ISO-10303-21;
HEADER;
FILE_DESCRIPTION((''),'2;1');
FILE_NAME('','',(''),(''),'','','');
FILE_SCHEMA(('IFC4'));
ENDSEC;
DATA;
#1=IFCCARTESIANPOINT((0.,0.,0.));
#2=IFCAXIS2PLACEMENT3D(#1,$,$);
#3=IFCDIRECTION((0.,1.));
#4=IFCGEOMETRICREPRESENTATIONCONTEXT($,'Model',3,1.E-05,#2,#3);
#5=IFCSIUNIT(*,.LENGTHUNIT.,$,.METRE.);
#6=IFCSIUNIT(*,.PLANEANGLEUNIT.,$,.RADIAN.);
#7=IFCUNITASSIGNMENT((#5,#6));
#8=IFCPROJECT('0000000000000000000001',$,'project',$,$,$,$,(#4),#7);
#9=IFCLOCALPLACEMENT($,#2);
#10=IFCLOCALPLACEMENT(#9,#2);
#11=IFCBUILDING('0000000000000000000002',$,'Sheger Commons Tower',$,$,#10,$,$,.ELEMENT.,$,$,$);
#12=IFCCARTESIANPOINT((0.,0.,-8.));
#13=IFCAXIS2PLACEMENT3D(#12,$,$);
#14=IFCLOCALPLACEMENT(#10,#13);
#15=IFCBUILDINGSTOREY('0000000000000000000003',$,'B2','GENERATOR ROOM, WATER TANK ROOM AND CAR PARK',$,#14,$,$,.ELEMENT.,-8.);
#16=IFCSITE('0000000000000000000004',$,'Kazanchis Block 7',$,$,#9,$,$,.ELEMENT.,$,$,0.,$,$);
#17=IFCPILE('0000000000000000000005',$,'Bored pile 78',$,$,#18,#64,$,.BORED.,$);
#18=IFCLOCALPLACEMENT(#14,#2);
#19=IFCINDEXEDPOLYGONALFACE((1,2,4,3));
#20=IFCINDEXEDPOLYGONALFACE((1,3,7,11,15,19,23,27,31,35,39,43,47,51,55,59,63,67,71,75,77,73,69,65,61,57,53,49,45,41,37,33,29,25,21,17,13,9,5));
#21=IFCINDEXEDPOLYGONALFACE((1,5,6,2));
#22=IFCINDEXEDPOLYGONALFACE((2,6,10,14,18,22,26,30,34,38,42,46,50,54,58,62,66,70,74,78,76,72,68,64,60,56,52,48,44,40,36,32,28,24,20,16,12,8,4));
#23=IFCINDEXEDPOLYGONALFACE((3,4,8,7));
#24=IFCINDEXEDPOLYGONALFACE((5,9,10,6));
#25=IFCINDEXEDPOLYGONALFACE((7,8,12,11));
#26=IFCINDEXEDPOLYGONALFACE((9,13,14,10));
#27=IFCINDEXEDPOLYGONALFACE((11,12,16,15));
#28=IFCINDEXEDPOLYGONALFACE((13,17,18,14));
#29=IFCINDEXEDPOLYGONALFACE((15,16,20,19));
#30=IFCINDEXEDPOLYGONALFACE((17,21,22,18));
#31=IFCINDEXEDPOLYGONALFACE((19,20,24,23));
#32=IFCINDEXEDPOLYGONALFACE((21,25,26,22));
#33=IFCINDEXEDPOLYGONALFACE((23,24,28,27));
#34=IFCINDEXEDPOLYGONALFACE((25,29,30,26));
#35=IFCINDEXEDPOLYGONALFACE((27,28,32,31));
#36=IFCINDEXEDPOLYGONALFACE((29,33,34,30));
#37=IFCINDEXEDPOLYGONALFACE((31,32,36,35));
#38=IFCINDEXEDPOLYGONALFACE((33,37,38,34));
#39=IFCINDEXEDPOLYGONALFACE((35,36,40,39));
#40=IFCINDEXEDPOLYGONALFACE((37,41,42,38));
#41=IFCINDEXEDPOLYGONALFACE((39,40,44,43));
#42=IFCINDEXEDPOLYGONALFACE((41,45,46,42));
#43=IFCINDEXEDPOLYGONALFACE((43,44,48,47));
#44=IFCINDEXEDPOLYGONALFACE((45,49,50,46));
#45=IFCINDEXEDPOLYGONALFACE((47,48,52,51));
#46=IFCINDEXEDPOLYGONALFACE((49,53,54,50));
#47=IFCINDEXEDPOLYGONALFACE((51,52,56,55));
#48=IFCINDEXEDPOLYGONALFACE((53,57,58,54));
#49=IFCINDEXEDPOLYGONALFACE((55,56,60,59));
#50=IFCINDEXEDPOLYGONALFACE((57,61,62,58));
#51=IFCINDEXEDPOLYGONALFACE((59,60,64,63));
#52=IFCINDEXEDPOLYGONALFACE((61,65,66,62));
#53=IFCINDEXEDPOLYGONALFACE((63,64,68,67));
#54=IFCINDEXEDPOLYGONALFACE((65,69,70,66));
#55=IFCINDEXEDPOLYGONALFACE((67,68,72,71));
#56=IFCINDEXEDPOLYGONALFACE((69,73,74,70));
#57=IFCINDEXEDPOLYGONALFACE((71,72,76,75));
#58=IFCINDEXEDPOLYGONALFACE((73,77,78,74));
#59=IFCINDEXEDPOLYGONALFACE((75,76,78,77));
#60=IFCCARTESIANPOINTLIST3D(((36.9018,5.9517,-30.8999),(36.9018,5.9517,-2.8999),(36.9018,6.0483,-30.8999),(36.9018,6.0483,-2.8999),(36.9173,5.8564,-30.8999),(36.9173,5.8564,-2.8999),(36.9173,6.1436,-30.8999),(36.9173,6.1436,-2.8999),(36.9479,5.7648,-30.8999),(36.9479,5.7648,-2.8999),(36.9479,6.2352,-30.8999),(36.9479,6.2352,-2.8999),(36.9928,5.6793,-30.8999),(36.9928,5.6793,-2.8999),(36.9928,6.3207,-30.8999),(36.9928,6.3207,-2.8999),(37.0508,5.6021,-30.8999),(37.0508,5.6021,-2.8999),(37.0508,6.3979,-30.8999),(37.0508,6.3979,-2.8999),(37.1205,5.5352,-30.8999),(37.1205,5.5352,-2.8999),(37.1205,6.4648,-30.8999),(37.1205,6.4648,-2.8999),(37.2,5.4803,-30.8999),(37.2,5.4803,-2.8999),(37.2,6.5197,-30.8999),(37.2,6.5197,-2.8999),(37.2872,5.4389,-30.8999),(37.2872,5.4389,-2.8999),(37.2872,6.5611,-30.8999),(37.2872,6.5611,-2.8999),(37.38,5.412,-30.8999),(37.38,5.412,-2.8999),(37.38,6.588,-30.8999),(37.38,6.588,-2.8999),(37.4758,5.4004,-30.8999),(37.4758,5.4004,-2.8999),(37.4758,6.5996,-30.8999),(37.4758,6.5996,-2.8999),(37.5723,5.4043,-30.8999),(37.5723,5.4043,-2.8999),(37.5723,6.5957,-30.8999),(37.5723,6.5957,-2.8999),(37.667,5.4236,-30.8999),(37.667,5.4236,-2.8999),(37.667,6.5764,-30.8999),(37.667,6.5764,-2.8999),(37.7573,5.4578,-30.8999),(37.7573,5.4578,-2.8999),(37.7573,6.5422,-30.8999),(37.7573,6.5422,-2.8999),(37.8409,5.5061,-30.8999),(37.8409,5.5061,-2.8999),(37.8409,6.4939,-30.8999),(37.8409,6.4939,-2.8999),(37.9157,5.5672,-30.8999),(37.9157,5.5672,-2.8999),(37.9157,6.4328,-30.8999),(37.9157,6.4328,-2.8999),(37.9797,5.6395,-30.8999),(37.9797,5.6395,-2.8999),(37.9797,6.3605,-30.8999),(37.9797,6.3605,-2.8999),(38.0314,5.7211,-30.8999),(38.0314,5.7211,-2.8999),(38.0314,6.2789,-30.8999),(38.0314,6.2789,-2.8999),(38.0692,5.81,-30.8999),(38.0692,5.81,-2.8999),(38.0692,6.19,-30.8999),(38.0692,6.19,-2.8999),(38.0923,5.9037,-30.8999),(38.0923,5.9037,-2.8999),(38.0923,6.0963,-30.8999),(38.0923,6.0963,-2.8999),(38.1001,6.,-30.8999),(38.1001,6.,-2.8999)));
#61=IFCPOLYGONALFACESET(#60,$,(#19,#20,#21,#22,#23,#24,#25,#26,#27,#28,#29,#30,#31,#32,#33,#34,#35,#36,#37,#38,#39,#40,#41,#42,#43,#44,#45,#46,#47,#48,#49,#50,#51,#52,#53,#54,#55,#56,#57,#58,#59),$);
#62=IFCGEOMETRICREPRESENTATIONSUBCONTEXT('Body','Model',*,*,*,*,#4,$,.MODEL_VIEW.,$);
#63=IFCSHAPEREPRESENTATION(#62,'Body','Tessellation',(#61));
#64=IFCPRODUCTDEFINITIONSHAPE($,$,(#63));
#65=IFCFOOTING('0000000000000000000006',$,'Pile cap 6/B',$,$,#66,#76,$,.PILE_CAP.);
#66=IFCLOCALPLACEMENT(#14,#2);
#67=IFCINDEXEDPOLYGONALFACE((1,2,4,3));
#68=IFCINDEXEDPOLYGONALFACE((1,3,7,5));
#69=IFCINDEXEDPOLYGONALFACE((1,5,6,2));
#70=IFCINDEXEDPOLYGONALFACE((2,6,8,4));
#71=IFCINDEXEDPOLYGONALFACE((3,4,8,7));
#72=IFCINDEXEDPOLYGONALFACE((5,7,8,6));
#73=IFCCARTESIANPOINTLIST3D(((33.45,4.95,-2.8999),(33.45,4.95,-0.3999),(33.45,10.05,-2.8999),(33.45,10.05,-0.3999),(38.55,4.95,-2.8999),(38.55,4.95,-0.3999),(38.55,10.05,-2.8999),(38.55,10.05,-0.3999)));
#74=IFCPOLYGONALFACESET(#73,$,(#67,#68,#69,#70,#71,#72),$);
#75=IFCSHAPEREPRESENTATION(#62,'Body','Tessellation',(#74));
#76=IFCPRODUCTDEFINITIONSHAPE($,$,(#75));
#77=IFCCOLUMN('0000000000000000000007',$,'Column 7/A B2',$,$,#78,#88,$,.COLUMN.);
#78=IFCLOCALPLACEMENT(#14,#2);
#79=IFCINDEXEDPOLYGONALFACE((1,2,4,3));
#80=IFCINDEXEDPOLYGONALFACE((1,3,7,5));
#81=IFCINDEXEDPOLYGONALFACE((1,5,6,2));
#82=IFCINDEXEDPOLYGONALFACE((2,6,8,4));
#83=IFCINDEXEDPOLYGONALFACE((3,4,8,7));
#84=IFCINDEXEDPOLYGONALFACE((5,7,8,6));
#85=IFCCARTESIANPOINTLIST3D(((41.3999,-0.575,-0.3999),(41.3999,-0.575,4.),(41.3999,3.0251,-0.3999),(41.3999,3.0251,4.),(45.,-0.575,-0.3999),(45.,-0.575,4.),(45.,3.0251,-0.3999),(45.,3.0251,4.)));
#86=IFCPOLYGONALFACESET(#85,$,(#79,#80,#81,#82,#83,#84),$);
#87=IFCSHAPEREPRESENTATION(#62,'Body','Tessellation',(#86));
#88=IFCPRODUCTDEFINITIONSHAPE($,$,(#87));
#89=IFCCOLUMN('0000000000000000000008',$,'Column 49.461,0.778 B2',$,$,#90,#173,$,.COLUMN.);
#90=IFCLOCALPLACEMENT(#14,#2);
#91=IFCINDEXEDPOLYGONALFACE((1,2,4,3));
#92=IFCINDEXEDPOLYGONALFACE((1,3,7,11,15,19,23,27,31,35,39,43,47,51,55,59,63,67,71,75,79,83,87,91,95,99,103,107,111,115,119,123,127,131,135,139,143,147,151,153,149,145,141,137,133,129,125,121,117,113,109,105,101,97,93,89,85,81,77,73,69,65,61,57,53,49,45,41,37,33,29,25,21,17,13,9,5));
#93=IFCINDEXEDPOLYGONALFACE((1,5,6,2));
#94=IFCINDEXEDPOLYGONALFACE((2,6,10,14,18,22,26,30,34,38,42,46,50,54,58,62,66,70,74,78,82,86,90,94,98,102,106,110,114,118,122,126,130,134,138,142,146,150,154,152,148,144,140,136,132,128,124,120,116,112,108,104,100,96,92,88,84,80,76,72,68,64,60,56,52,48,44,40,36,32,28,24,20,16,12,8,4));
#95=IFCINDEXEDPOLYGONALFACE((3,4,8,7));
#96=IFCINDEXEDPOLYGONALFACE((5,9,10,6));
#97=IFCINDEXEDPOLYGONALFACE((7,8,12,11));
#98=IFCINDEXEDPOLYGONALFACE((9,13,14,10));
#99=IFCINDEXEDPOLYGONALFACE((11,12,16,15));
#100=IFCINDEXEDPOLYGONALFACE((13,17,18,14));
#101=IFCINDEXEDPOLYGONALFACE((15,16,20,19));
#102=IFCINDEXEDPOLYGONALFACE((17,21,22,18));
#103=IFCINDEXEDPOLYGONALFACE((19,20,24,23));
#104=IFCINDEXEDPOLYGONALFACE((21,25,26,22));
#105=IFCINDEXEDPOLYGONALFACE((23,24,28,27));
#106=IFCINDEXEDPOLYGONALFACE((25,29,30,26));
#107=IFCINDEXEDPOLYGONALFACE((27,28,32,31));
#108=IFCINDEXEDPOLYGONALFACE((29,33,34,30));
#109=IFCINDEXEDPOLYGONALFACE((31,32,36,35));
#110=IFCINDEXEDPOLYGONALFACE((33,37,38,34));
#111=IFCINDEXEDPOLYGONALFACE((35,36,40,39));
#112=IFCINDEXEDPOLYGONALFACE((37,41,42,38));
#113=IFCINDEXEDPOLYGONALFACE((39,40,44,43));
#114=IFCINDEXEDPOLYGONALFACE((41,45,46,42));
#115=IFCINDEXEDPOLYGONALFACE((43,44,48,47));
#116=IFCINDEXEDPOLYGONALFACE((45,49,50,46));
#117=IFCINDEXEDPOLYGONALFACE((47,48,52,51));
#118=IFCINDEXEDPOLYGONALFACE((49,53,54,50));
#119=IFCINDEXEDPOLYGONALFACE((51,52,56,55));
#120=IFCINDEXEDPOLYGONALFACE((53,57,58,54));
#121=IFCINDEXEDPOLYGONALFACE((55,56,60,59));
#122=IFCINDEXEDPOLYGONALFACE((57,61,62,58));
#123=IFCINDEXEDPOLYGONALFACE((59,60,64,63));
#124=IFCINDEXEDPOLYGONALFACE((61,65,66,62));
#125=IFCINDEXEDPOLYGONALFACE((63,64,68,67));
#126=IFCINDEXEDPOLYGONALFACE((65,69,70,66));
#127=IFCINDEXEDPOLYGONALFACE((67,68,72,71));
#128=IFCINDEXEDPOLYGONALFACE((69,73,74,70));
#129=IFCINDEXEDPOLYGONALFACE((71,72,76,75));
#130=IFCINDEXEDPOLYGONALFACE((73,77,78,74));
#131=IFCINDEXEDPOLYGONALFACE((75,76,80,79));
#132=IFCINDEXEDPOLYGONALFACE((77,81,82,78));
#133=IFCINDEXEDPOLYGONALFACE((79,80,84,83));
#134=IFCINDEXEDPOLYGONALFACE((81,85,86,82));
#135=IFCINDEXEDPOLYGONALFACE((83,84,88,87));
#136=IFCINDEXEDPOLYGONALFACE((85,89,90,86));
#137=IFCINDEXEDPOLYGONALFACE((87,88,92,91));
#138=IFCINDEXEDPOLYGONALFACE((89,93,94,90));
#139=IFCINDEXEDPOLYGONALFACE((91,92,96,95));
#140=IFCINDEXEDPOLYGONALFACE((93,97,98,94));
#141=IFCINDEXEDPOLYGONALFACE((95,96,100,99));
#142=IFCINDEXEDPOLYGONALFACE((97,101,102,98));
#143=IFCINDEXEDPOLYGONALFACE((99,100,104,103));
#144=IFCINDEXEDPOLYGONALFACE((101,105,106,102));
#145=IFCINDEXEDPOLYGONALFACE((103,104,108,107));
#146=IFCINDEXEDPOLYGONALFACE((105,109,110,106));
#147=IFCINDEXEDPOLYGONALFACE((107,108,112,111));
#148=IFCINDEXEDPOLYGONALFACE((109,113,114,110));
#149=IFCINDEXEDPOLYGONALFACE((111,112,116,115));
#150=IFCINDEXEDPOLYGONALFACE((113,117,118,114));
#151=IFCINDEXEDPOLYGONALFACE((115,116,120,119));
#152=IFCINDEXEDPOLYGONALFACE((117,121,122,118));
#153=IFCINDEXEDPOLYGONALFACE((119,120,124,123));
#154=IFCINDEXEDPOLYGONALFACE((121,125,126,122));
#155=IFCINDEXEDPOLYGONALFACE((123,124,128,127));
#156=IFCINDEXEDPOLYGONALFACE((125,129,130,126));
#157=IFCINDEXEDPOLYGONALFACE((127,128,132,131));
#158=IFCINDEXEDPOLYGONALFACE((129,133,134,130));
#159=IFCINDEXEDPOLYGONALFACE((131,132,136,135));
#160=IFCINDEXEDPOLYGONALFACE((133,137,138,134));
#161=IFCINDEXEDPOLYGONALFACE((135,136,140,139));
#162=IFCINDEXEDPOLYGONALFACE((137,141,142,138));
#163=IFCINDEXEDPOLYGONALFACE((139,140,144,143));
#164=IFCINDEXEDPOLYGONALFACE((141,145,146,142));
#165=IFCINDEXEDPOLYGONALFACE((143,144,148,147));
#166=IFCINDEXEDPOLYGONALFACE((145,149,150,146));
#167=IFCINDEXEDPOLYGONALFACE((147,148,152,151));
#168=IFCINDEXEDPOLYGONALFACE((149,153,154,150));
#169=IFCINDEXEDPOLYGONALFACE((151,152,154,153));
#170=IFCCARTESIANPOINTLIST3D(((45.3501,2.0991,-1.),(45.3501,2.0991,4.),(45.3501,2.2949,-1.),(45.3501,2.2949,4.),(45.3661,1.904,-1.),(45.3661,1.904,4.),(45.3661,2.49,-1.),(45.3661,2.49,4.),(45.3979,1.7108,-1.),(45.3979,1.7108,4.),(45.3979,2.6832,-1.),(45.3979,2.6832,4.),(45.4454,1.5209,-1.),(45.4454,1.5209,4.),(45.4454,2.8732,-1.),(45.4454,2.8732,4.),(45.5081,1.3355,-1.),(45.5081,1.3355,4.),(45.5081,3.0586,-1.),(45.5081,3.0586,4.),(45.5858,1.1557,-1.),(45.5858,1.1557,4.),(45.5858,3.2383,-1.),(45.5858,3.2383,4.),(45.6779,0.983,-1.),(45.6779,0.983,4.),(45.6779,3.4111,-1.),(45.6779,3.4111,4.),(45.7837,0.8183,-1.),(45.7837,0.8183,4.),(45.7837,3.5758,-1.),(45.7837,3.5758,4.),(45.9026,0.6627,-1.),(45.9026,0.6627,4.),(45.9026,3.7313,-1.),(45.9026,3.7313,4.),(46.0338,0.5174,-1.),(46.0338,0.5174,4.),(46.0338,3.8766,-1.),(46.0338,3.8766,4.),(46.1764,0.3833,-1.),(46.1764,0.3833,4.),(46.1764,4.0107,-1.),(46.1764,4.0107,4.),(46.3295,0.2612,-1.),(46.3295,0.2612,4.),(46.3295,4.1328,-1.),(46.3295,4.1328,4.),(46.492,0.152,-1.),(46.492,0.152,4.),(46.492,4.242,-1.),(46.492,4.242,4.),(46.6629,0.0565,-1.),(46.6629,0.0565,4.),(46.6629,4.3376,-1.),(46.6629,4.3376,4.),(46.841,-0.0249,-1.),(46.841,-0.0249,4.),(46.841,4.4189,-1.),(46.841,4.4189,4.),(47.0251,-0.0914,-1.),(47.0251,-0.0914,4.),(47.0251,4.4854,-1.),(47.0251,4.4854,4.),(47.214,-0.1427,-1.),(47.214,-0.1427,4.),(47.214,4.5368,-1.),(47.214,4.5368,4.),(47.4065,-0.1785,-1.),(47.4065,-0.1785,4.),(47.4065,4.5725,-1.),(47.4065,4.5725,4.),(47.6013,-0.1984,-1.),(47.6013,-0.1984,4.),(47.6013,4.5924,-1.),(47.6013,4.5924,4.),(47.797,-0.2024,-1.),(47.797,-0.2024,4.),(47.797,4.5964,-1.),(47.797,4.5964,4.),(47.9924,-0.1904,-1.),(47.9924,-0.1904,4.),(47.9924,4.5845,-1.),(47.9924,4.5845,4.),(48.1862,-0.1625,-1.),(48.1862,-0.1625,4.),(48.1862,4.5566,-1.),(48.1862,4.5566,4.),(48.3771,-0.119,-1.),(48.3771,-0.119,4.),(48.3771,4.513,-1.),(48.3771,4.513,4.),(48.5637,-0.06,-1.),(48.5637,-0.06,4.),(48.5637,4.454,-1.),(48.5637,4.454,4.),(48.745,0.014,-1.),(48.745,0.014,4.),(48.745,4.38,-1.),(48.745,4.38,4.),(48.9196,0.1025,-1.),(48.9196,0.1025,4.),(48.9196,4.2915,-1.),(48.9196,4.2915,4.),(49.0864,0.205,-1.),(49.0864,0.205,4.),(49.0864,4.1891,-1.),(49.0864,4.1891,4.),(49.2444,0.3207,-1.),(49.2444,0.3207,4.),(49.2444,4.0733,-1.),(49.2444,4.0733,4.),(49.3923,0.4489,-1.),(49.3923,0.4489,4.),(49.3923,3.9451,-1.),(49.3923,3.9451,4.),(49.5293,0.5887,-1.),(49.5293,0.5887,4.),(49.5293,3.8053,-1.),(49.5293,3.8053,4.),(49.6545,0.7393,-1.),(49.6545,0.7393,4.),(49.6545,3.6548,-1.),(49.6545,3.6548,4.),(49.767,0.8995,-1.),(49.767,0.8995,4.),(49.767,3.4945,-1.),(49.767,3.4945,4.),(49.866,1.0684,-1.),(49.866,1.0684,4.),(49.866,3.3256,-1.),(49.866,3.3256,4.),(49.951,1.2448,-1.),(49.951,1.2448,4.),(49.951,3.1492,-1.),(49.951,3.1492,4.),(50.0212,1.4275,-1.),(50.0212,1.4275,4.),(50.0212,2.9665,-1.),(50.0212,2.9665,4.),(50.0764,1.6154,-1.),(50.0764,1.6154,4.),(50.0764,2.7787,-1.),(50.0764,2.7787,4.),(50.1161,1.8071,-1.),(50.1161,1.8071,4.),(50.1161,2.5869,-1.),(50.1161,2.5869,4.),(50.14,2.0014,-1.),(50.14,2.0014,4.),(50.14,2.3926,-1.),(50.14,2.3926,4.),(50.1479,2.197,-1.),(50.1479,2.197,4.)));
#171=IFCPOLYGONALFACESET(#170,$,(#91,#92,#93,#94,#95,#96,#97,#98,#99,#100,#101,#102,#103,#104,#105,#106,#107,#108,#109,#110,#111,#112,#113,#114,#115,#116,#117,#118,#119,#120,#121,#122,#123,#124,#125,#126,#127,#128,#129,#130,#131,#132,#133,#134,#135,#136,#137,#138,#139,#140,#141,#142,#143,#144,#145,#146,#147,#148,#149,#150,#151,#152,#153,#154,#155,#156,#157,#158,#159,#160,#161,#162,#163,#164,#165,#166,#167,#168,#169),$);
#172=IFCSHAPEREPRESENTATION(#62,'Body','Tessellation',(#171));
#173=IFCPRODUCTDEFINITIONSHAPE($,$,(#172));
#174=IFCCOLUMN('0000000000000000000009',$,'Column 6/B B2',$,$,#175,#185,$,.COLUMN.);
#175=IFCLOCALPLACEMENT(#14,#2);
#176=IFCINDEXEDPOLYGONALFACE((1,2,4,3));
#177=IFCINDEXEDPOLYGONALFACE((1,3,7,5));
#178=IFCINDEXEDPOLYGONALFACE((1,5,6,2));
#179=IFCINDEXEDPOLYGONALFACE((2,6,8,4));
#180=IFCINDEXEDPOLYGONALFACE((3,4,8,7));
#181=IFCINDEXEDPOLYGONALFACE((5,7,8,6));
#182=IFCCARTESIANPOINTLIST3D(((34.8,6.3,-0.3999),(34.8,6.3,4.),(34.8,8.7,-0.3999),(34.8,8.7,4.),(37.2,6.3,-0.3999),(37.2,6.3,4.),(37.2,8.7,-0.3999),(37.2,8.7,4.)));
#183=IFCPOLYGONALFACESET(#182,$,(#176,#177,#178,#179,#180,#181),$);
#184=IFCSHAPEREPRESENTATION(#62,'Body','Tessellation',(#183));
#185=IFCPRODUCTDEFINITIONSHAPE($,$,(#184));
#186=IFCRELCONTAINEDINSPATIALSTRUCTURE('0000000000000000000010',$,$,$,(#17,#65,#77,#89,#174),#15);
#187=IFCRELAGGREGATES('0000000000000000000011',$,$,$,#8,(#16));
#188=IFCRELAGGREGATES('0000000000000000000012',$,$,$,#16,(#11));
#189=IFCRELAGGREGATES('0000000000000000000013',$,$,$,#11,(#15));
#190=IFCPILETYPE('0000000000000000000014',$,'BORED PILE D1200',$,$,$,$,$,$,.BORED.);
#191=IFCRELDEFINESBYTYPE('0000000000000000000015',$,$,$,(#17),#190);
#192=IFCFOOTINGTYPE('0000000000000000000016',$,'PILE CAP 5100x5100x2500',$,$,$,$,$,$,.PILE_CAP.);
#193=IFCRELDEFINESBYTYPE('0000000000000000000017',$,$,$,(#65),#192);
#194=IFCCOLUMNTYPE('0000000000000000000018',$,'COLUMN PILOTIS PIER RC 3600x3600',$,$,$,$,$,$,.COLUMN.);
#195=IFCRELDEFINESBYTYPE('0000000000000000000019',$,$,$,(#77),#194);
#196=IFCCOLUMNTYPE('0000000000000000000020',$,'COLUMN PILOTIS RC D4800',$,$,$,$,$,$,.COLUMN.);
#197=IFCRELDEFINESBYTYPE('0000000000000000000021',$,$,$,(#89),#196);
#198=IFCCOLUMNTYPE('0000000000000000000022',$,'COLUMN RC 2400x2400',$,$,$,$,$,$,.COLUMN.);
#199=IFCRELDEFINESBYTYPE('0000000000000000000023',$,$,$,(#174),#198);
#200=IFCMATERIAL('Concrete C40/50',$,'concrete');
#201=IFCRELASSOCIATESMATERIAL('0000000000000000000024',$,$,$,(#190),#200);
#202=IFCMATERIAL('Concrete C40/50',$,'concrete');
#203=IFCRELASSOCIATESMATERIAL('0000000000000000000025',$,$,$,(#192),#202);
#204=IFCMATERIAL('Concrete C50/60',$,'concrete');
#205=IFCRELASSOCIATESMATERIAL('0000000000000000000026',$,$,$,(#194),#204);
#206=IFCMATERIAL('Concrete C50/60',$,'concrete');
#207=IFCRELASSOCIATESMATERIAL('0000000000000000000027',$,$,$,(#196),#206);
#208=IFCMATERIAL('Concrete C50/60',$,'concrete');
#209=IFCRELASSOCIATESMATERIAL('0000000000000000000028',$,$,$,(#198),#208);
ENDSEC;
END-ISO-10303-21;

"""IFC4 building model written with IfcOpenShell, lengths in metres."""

from ifc_helpers import new_model, si_unit, direction, frame, origin, origin_2d, place, context, subcontext, project, spatial, rectangle, circle, extrude, material, material_profile, profile_set, type_object, element, save


model = new_model("IFC4")

# Units and contexts
model_context = context("Model", 3, precision=1e-05, world=origin(), true_north=direction((0.0, 1.0)))
body_context = subcontext(model_context, "Body", "Model", "MODEL_VIEW")
ifc_project = project(units=[si_unit("LENGTHUNIT", "METRE"), si_unit("PLANEANGLEUNIT", "RADIAN")], contexts=[model_context])

# Site, building, storey
site_placement = place(None, origin())
site = spatial("IfcSite", under=ifc_project, at=site_placement, Name="Kazanchis Block 7", CompositionType="ELEMENT", RefElevation=0.0)
building_placement = place(site_placement, origin())
building = spatial("IfcBuilding", under=site, at=building_placement, Name="Sheger Commons Tower", CompositionType="ELEMENT")
storey_placement = place(building_placement, frame((0.0, 0.0, -8.0)))
storey = spatial("IfcBuildingStorey", under=building, at=storey_placement, Name="B2", Description="GENERATOR ROOM, WATER TANK ROOM AND CAR PARK", CompositionType="ELEMENT", Elevation=-8.0)

# Pile
ifc_material_1 = material(Name="Concrete C40/50", Category="concrete")
ifc_material_profile_1 = material_profile(ifc_material_1, circle(Radius=0.6001, at=origin_2d()), Name="PILE D1200")
ifc_profile_set_1 = profile_set([ifc_material_profile_1], Name="Concrete C40/50")
pile_type = type_object("IfcPileType", Name="BORED PILE D1200", PredefinedType="BORED", material=ifc_profile_set_1)
for number, where, z_axis, x_axis, name in (
    (1, (37.5, 6.0, -2.8999), (0.0, 0.0, -1.0), (1.0, 0.0, 0.0), "Bored pile 78"),
):
    element("IfcPile", number, at=place(storey_placement, frame(where, z_axis=z_axis, x_axis=x_axis)), inside=storey, type_object=pile_type, Name=name, PredefinedType="BORED", context=body_context, shape_type="SweptSolid", body=[
        extrude(circle(Radius=0.6001, at=origin_2d()), origin(), (0.0, 0.0, 1.0), 28.0),
    ])

# Footing
ifc_material_2 = material(Name="Concrete C40/50", Category="concrete")
footing_type = type_object("IfcFootingType", Name="PILE CAP 5100x5100x2500", PredefinedType="PILE_CAP", material=ifc_material_2)
footing_placement = place(storey_placement, frame((36.0, 7.5, -2.8999), z_axis=(0.0, 0.0, 1.0), x_axis=(1.0, 0.0, 0.0)))
element("IfcFooting", 2, at=footing_placement, inside=storey, type_object=footing_type, Name="Pile cap 6/B", PredefinedType="PILE_CAP", context=body_context, shape_type="SweptSolid", body=[
    extrude(rectangle(XDim=5.1001, YDim=5.1001, at=origin_2d()), origin(), (0.0, 0.0, 1.0), 2.5),
])

# Columns
ifc_material_3 = material(Name="Concrete C50/60", Category="concrete")
ifc_material_profile_2 = material_profile(ifc_material_3, rectangle(XDim=3.6001, YDim=3.6001, at=origin_2d()), Name="RC 3600x3600")
ifc_profile_set_2 = profile_set([ifc_material_profile_2], Name="Concrete C50/60")
column_type_1 = type_object("IfcColumnType", Name="COLUMN PILOTIS PIER RC 3600x3600", PredefinedType="COLUMN", material=ifc_profile_set_2)
column_1_placement = place(storey_placement, frame((43.2, 1.2251, -0.3999), z_axis=(0.0, 0.0, 1.0), x_axis=(1.0, 0.0, 0.0)))
element("IfcColumn", 3, at=column_1_placement, inside=storey, type_object=column_type_1, Name="Column 7/A B2", PredefinedType="COLUMN", context=body_context, shape_type="SweptSolid", body=[
    extrude(rectangle(XDim=3.6001, YDim=3.6001, at=origin_2d()), origin(), (0.0, 0.0, 1.0), 4.3999),
])
ifc_material_4 = material(Name="Concrete C50/60", Category="concrete")
ifc_material_profile_3 = material_profile(ifc_material_4, circle(Radius=2.3999, at=origin_2d()), Name="RC D4800")
ifc_profile_set_3 = profile_set([ifc_material_profile_3], Name="Concrete C50/60")
column_type_2 = type_object("IfcColumnType", Name="COLUMN PILOTIS RC D4800", PredefinedType="COLUMN", material=ifc_profile_set_3)
column_2_placement = place(storey_placement, frame((47.748, 2.197, -1.0), z_axis=(0.0, 0.0, 1.0), x_axis=(1.0, 0.0, 0.0)))
element("IfcColumn", 4, at=column_2_placement, inside=storey, type_object=column_type_2, Name="Column 49.461,0.778 B2", PredefinedType="COLUMN", context=body_context, shape_type="SweptSolid", body=[
    extrude(circle(Radius=2.3999, at=origin_2d()), origin(), (0.0, 0.0, 1.0), 5.0),
])
ifc_material_5 = material(Name="Concrete C50/60", Category="concrete")
ifc_material_profile_4 = material_profile(ifc_material_5, rectangle(XDim=2.3999, YDim=2.3999, at=origin_2d()), Name="RC 2400x2400")
ifc_profile_set_4 = profile_set([ifc_material_profile_4], Name="Concrete C50/60")
column_type_3 = type_object("IfcColumnType", Name="COLUMN RC 2400x2400", PredefinedType="COLUMN", material=ifc_profile_set_4)
for number, where, z_axis, x_axis, name in (
    (5, (36.0, 7.5, -0.3999), (0.0, 0.0, 1.0), (1.0, 0.0, 0.0), "Column 6/B B2"),
):
    element("IfcColumn", number, at=place(storey_placement, frame(where, z_axis=z_axis, x_axis=x_axis)), inside=storey, type_object=column_type_3, Name=name, PredefinedType="COLUMN", context=body_context, shape_type="SweptSolid", body=[
        extrude(rectangle(XDim=2.3999, YDim=2.3999, at=origin_2d()), origin(), (0.0, 0.0, 1.0), 4.3999),
    ])

save(model, "model.ifc")
